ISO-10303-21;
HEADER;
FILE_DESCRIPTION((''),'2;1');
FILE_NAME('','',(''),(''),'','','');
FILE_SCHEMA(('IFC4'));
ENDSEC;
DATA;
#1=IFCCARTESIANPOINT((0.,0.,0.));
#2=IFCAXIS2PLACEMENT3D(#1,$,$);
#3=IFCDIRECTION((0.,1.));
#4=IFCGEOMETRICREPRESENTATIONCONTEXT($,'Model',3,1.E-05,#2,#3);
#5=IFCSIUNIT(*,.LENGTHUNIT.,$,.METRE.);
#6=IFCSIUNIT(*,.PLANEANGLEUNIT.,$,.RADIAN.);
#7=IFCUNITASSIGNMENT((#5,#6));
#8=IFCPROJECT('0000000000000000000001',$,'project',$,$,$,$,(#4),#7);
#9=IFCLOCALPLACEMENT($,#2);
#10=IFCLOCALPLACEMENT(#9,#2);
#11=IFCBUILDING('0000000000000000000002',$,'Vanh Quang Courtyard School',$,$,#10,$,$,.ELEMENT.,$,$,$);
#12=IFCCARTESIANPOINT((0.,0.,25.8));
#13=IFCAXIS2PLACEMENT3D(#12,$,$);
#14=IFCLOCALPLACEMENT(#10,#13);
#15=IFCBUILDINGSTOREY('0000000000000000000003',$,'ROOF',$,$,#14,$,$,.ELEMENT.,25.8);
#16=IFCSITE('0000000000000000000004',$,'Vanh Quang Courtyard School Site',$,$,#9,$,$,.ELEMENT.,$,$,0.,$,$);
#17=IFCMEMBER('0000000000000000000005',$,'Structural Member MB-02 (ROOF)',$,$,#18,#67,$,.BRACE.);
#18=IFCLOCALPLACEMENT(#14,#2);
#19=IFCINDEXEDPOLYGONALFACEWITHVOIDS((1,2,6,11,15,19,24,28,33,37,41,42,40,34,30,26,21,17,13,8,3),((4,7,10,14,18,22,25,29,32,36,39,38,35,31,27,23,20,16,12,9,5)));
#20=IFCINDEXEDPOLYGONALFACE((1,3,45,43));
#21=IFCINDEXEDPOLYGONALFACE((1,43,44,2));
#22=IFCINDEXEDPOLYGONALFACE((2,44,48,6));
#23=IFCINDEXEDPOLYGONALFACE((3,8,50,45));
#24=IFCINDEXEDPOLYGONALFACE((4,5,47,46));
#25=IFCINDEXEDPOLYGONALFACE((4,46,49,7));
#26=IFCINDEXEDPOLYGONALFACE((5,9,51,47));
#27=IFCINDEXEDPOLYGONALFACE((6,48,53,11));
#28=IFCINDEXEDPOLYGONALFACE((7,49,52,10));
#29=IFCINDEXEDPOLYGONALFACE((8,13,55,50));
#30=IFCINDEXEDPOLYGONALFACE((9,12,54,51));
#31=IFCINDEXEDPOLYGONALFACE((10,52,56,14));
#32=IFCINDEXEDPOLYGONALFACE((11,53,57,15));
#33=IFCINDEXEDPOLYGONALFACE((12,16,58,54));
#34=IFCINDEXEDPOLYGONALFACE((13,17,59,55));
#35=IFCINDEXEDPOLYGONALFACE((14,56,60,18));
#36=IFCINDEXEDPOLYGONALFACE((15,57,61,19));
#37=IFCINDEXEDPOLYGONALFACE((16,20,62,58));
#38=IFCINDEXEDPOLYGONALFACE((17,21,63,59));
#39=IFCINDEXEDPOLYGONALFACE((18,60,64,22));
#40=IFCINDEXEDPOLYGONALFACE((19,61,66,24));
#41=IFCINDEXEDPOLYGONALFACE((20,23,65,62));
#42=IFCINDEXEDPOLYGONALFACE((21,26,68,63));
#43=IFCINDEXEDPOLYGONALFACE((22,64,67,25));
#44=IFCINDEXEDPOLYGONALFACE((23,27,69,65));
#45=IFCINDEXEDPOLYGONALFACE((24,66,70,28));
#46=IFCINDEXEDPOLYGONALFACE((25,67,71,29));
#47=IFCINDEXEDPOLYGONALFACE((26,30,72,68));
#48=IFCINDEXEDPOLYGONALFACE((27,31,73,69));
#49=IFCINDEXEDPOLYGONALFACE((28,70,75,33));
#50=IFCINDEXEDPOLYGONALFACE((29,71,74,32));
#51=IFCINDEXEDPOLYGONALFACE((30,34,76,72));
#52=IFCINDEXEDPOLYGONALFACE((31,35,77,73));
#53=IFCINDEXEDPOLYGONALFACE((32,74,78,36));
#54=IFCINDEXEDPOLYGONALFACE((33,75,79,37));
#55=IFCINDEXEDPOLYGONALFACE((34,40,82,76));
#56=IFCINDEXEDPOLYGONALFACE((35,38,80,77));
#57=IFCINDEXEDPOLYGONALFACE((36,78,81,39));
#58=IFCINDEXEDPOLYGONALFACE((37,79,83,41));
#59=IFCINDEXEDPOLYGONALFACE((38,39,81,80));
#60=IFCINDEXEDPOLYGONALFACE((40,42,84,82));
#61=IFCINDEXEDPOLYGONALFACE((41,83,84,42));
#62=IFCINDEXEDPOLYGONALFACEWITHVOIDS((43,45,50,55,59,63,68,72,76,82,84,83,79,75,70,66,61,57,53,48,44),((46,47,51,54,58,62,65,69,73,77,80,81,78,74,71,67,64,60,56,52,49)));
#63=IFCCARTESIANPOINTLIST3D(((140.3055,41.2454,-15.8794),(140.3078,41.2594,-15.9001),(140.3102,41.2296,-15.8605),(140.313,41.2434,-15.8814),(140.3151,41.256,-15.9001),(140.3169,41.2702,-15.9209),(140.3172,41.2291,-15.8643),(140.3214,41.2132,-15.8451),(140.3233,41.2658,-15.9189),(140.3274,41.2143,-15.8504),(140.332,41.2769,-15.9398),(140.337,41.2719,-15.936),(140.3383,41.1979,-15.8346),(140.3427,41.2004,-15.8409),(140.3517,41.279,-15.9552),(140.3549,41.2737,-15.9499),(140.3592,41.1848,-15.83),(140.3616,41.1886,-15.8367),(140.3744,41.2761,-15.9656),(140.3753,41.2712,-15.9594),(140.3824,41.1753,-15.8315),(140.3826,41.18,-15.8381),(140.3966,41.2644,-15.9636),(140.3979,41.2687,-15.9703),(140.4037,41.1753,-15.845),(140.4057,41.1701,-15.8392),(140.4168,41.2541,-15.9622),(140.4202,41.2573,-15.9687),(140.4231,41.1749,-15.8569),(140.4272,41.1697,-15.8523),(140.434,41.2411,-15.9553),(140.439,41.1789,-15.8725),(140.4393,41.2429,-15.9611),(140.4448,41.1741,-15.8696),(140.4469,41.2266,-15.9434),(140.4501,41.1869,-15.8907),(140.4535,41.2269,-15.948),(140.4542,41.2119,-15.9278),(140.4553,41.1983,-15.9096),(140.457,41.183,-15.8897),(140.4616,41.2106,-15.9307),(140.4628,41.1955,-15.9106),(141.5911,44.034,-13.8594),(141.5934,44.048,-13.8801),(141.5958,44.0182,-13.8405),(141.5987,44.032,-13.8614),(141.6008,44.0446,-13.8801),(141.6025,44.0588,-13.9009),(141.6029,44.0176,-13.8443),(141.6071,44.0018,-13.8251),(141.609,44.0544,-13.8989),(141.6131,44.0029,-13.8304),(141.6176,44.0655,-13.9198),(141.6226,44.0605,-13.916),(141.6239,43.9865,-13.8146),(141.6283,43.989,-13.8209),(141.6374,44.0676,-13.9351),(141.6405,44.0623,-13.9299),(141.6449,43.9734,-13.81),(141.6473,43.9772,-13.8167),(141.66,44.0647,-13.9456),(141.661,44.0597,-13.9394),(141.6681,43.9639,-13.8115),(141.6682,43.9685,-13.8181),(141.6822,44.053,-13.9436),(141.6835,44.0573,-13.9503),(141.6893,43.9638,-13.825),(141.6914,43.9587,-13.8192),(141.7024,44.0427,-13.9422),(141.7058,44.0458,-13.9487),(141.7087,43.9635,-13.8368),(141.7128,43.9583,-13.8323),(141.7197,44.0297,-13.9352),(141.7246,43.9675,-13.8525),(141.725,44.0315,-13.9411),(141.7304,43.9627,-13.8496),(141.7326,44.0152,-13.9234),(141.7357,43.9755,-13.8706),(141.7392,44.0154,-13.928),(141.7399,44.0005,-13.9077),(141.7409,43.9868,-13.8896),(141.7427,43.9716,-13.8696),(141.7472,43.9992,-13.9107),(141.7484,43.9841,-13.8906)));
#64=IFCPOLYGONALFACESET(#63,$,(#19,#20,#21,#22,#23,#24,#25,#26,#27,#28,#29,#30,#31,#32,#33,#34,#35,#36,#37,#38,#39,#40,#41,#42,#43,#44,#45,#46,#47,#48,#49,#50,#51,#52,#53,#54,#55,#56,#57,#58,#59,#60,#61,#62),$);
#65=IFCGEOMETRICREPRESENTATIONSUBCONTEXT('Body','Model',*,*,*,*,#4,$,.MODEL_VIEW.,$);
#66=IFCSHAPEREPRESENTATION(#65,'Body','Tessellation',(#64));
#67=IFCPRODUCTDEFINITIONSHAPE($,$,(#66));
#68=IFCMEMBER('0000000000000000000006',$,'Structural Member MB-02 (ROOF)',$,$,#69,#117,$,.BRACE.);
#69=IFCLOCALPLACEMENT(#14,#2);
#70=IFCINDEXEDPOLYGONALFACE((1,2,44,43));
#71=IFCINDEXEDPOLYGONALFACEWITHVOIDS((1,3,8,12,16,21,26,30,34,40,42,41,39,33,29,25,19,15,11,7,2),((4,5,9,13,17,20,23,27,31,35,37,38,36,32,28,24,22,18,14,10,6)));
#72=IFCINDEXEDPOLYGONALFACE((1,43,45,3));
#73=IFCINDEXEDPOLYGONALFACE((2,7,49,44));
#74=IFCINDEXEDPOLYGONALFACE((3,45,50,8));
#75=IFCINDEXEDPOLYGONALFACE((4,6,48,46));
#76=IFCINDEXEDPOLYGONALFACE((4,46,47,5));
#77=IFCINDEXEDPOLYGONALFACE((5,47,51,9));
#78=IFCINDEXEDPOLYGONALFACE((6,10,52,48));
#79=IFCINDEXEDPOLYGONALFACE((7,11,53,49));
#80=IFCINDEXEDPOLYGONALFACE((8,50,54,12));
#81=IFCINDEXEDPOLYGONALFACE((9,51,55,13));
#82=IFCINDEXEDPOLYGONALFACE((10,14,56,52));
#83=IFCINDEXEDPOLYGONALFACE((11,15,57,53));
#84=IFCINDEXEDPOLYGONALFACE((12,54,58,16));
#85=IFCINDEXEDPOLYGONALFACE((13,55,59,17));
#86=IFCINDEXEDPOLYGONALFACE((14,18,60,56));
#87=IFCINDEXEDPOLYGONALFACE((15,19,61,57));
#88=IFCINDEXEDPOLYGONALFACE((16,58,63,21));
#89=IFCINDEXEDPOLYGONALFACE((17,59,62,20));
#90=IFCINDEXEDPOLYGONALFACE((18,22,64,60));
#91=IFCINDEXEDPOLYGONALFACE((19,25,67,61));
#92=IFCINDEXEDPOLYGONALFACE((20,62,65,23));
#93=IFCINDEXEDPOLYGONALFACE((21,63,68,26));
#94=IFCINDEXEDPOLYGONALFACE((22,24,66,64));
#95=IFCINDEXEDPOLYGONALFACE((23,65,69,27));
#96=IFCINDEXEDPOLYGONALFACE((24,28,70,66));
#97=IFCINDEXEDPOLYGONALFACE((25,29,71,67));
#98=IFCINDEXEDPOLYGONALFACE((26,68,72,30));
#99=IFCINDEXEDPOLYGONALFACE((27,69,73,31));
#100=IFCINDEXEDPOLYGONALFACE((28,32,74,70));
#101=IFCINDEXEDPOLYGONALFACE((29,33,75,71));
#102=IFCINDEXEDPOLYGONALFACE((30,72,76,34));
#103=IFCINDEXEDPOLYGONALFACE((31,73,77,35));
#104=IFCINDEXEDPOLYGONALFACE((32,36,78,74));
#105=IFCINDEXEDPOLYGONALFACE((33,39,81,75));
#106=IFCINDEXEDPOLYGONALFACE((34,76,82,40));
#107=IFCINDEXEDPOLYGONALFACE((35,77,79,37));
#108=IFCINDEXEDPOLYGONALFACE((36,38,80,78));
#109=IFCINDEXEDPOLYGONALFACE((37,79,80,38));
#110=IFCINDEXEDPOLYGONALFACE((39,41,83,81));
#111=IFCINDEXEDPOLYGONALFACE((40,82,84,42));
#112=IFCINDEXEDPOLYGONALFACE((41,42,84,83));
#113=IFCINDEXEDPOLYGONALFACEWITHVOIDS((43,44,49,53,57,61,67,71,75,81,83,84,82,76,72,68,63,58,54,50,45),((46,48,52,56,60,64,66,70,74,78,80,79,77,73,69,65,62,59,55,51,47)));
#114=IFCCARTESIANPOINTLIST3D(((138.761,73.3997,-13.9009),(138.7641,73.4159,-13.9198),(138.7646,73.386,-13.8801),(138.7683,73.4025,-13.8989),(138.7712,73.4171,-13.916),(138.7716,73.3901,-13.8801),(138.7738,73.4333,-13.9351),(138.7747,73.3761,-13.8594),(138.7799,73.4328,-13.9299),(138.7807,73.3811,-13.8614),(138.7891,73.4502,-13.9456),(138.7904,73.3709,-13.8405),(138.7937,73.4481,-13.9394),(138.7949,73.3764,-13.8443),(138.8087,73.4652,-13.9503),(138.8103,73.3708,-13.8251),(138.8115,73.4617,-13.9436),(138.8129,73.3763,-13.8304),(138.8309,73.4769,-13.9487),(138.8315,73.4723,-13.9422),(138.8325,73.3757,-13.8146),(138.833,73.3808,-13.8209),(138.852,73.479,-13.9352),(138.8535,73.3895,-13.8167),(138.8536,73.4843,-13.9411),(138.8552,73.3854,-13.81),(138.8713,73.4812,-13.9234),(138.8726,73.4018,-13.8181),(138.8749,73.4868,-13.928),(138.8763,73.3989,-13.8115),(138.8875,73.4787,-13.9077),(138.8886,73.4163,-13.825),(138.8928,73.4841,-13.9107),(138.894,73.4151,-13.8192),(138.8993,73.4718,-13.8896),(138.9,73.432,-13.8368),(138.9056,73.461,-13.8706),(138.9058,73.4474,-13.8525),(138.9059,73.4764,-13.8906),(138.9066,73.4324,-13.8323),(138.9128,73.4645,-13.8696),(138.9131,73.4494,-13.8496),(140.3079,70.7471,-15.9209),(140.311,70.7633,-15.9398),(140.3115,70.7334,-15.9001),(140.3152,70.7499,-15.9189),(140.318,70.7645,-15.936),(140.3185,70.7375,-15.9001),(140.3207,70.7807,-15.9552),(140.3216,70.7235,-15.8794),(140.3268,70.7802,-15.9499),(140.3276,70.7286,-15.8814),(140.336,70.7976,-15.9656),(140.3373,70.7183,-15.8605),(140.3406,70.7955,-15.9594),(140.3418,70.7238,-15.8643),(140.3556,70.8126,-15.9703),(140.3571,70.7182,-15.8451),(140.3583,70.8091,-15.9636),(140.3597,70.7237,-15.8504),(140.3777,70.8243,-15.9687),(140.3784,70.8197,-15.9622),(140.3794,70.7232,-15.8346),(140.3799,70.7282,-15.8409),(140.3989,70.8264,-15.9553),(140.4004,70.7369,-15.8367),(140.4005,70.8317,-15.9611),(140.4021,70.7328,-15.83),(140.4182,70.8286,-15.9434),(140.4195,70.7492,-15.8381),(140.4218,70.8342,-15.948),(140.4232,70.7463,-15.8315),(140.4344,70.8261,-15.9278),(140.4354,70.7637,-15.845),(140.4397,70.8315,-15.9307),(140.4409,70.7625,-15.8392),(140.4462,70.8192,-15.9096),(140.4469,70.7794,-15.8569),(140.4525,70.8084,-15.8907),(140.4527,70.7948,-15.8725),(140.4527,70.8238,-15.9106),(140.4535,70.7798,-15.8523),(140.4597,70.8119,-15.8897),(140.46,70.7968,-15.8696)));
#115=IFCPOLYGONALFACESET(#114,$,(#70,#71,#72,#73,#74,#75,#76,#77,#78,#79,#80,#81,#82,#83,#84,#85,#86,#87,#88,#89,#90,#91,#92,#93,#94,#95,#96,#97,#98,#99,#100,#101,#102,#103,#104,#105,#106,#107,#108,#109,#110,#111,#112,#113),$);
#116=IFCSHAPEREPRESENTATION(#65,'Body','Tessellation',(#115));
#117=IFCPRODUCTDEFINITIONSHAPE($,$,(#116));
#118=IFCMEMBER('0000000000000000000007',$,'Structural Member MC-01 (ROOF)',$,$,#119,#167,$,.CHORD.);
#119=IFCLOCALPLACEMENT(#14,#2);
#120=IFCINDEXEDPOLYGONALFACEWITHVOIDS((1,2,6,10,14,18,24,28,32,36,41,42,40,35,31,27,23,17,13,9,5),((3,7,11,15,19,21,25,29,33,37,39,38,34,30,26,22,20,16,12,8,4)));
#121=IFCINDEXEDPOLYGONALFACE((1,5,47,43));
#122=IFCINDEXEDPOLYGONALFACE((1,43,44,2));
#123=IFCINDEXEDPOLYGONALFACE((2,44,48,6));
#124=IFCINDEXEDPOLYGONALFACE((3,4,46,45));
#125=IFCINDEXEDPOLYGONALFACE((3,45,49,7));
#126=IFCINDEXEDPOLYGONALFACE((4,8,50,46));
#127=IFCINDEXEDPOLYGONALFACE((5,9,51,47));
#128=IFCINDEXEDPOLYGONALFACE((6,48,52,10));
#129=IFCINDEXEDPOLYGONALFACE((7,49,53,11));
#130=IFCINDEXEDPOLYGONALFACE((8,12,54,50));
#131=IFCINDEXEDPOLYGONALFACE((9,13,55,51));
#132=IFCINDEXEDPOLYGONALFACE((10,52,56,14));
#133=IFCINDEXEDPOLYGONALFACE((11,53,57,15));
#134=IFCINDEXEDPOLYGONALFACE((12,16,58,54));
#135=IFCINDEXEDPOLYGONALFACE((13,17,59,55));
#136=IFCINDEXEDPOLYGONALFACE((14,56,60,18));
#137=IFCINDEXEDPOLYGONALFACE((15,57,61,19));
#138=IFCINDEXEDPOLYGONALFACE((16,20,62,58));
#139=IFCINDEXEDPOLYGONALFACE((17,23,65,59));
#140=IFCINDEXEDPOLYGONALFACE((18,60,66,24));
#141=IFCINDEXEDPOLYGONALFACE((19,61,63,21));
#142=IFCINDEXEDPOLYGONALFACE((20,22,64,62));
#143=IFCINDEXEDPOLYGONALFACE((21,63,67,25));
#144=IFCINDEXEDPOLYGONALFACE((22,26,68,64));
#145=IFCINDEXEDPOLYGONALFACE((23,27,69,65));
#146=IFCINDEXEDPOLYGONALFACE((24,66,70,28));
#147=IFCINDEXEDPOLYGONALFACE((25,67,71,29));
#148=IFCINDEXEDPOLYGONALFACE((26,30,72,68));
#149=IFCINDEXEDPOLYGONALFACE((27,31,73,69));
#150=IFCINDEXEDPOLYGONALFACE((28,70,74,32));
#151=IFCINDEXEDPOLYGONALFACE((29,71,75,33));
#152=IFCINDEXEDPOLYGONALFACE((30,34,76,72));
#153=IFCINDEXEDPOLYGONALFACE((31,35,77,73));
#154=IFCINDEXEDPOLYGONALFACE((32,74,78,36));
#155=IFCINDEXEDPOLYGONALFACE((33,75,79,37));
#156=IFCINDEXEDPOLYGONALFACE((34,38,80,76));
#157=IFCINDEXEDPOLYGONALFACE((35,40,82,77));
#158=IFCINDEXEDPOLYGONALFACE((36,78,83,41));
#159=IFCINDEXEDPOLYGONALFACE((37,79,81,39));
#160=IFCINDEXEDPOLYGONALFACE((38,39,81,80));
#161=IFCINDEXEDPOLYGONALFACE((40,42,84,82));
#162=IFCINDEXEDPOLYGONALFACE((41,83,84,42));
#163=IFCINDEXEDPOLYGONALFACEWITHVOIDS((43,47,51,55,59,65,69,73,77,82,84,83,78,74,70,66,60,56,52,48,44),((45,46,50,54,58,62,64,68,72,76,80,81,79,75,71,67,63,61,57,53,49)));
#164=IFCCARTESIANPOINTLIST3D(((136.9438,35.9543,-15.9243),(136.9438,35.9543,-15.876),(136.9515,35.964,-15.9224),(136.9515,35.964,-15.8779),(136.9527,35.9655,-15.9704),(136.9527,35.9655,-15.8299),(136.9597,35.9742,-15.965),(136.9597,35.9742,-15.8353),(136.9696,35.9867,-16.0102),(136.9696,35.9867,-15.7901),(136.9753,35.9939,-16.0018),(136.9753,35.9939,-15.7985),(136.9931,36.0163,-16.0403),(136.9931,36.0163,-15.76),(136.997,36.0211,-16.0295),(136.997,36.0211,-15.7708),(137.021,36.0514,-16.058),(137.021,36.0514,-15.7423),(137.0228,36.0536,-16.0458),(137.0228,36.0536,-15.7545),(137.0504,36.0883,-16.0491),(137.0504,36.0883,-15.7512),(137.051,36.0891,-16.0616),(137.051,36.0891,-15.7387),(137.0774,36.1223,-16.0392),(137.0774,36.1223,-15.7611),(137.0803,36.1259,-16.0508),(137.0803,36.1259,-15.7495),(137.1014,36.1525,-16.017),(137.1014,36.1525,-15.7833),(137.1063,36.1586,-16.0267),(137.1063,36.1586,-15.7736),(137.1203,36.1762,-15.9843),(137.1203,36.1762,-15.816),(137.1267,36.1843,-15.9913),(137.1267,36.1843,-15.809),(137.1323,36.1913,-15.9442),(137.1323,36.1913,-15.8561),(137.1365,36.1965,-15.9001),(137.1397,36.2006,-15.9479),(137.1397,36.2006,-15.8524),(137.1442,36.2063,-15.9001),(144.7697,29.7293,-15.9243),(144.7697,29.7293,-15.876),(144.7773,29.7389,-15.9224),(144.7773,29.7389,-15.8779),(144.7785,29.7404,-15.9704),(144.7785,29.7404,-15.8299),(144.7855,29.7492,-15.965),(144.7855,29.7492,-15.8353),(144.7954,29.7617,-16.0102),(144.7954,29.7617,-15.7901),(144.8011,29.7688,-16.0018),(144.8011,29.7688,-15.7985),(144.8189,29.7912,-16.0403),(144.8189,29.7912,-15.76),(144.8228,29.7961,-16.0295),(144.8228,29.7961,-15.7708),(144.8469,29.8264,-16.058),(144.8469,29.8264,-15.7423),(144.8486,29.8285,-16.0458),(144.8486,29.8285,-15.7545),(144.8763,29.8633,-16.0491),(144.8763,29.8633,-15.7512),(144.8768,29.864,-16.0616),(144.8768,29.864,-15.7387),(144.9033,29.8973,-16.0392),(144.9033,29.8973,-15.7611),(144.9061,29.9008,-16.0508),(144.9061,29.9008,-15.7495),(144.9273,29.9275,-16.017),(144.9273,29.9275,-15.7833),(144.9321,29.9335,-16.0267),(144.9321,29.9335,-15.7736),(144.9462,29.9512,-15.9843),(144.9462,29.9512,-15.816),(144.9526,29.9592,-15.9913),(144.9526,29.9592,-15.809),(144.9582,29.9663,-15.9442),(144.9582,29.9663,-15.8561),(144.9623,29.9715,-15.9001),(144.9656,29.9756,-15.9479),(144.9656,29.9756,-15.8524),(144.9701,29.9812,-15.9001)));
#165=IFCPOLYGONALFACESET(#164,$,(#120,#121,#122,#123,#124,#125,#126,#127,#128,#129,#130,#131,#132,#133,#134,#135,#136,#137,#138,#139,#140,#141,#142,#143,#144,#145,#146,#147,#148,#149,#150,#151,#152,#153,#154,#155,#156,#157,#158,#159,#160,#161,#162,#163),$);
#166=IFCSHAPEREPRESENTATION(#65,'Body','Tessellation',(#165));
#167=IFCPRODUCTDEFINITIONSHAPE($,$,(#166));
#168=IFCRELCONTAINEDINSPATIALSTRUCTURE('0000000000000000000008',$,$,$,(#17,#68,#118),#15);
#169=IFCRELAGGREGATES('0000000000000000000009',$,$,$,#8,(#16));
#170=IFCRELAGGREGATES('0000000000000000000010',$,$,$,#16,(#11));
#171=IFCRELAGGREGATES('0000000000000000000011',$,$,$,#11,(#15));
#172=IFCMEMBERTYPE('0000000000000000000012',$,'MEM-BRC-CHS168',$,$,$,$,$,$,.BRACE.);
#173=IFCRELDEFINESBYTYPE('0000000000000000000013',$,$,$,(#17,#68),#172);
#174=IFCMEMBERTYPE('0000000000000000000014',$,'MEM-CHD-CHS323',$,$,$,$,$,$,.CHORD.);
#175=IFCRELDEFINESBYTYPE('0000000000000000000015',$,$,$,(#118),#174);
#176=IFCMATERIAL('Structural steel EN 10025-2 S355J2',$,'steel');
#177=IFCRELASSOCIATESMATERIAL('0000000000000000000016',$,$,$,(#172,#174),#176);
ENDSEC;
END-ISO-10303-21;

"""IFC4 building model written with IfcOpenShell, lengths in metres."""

from ifc_helpers import new_model, si_unit, direction, frame, origin, origin_2d, place, context, subcontext, project, spatial, hollow_circle, extrude, material, material_profile, profile_set, type_object, element, save


model = new_model("IFC4")

# Units and contexts
model_context = context("Model", 3, precision=1e-05, world=origin(), true_north=direction((0.0, 1.0)))
body_context = subcontext(model_context, "Body", "Model", "MODEL_VIEW")
ifc_project = project(units=[si_unit("LENGTHUNIT", "METRE"), si_unit("PLANEANGLEUNIT", "RADIAN")], contexts=[model_context])

# Site, building, storey
site_placement = place(None, origin())
site = spatial("IfcSite", under=ifc_project, at=site_placement, Name="Vanh Quang Courtyard School Site", CompositionType="ELEMENT", RefElevation=0.0)
building_placement = place(site_placement, origin())
building = spatial("IfcBuilding", under=site, at=building_placement, Name="Vanh Quang Courtyard School", CompositionType="ELEMENT")
storey_placement = place(building_placement, frame((0.0, 0.0, 25.8)))
storey = spatial("IfcBuildingStorey", under=building, at=storey_placement, Name="ROOF", CompositionType="ELEMENT", Elevation=25.8)

# Shared definitions
ifc_material_1 = material(Name="Structural steel EN 10025-2 S355J2", Category="steel")

# Members
ifc_material_profile_1 = material_profile(ifc_material_1, hollow_circle(Radius=0.0842, WallThickness=0.0081, at=origin_2d()), Name="CHS 168.3x8")
ifc_profile_set_1 = profile_set([ifc_material_profile_1], Name="Structural steel EN 10025-2 S355J2")
member_type_1 = type_object("IfcMemberType", Name="MEM-BRC-CHS168", PredefinedType="BRACE", material=ifc_profile_set_1)
for number, where, z_axis, x_axis, name in (
    (1, (140.3843, 41.2241, -15.9001), (0.349785, 0.758687, 0.549586), (-0.908132, 0.418685, 0.0), "Structural Member MB-02 (ROOF)"),
    (2, (140.3843, 70.7759, -15.9001), (-0.420858, 0.721688, 0.549586), (-0.863845, -0.503757, 0.0), "Structural Member MB-02 (ROOF)"),
):
    element("IfcMember", number, at=place(storey_placement, frame(where, z_axis=z_axis, x_axis=x_axis)), inside=storey, type_object=member_type_1, Name=name, PredefinedType="BRACE", context=body_context, shape_type="SweptSolid", body=[
        extrude(hollow_circle(Radius=0.0842, WallThickness=0.0081, at=origin_2d()), origin(), (0.0, 0.0, 1.0), 3.6755),
    ])
ifc_material_profile_2 = material_profile(ifc_material_1, hollow_circle(Radius=0.1619, WallThickness=0.0125, at=origin_2d()), Name="CHS 323.9x12.5")
ifc_profile_set_2 = profile_set([ifc_material_profile_2], Name="Structural steel EN 10025-2 S355J2")
member_type_2 = type_object("IfcMemberType", Name="MEM-CHD-CHS323", PredefinedType="CHORD", material=ifc_profile_set_2)
member_1_placement = place(storey_placement, frame((137.0435, 36.0796, -15.9001), z_axis=(0.782605, -0.622519, 0.0), x_axis=(0.622519, 0.782605, 0.0)))
element("IfcMember", 3, at=member_1_placement, inside=storey, type_object=member_type_2, Name="Structural Member MC-01 (ROOF)", PredefinedType="CHORD", context=body_context, shape_type="SweptSolid", body=[
    extrude(hollow_circle(Radius=0.1619, WallThickness=0.0125, at=origin_2d()), origin(), (0.0, 0.0, 1.0), 9.9998),
])

save(model, "model.ifc")
